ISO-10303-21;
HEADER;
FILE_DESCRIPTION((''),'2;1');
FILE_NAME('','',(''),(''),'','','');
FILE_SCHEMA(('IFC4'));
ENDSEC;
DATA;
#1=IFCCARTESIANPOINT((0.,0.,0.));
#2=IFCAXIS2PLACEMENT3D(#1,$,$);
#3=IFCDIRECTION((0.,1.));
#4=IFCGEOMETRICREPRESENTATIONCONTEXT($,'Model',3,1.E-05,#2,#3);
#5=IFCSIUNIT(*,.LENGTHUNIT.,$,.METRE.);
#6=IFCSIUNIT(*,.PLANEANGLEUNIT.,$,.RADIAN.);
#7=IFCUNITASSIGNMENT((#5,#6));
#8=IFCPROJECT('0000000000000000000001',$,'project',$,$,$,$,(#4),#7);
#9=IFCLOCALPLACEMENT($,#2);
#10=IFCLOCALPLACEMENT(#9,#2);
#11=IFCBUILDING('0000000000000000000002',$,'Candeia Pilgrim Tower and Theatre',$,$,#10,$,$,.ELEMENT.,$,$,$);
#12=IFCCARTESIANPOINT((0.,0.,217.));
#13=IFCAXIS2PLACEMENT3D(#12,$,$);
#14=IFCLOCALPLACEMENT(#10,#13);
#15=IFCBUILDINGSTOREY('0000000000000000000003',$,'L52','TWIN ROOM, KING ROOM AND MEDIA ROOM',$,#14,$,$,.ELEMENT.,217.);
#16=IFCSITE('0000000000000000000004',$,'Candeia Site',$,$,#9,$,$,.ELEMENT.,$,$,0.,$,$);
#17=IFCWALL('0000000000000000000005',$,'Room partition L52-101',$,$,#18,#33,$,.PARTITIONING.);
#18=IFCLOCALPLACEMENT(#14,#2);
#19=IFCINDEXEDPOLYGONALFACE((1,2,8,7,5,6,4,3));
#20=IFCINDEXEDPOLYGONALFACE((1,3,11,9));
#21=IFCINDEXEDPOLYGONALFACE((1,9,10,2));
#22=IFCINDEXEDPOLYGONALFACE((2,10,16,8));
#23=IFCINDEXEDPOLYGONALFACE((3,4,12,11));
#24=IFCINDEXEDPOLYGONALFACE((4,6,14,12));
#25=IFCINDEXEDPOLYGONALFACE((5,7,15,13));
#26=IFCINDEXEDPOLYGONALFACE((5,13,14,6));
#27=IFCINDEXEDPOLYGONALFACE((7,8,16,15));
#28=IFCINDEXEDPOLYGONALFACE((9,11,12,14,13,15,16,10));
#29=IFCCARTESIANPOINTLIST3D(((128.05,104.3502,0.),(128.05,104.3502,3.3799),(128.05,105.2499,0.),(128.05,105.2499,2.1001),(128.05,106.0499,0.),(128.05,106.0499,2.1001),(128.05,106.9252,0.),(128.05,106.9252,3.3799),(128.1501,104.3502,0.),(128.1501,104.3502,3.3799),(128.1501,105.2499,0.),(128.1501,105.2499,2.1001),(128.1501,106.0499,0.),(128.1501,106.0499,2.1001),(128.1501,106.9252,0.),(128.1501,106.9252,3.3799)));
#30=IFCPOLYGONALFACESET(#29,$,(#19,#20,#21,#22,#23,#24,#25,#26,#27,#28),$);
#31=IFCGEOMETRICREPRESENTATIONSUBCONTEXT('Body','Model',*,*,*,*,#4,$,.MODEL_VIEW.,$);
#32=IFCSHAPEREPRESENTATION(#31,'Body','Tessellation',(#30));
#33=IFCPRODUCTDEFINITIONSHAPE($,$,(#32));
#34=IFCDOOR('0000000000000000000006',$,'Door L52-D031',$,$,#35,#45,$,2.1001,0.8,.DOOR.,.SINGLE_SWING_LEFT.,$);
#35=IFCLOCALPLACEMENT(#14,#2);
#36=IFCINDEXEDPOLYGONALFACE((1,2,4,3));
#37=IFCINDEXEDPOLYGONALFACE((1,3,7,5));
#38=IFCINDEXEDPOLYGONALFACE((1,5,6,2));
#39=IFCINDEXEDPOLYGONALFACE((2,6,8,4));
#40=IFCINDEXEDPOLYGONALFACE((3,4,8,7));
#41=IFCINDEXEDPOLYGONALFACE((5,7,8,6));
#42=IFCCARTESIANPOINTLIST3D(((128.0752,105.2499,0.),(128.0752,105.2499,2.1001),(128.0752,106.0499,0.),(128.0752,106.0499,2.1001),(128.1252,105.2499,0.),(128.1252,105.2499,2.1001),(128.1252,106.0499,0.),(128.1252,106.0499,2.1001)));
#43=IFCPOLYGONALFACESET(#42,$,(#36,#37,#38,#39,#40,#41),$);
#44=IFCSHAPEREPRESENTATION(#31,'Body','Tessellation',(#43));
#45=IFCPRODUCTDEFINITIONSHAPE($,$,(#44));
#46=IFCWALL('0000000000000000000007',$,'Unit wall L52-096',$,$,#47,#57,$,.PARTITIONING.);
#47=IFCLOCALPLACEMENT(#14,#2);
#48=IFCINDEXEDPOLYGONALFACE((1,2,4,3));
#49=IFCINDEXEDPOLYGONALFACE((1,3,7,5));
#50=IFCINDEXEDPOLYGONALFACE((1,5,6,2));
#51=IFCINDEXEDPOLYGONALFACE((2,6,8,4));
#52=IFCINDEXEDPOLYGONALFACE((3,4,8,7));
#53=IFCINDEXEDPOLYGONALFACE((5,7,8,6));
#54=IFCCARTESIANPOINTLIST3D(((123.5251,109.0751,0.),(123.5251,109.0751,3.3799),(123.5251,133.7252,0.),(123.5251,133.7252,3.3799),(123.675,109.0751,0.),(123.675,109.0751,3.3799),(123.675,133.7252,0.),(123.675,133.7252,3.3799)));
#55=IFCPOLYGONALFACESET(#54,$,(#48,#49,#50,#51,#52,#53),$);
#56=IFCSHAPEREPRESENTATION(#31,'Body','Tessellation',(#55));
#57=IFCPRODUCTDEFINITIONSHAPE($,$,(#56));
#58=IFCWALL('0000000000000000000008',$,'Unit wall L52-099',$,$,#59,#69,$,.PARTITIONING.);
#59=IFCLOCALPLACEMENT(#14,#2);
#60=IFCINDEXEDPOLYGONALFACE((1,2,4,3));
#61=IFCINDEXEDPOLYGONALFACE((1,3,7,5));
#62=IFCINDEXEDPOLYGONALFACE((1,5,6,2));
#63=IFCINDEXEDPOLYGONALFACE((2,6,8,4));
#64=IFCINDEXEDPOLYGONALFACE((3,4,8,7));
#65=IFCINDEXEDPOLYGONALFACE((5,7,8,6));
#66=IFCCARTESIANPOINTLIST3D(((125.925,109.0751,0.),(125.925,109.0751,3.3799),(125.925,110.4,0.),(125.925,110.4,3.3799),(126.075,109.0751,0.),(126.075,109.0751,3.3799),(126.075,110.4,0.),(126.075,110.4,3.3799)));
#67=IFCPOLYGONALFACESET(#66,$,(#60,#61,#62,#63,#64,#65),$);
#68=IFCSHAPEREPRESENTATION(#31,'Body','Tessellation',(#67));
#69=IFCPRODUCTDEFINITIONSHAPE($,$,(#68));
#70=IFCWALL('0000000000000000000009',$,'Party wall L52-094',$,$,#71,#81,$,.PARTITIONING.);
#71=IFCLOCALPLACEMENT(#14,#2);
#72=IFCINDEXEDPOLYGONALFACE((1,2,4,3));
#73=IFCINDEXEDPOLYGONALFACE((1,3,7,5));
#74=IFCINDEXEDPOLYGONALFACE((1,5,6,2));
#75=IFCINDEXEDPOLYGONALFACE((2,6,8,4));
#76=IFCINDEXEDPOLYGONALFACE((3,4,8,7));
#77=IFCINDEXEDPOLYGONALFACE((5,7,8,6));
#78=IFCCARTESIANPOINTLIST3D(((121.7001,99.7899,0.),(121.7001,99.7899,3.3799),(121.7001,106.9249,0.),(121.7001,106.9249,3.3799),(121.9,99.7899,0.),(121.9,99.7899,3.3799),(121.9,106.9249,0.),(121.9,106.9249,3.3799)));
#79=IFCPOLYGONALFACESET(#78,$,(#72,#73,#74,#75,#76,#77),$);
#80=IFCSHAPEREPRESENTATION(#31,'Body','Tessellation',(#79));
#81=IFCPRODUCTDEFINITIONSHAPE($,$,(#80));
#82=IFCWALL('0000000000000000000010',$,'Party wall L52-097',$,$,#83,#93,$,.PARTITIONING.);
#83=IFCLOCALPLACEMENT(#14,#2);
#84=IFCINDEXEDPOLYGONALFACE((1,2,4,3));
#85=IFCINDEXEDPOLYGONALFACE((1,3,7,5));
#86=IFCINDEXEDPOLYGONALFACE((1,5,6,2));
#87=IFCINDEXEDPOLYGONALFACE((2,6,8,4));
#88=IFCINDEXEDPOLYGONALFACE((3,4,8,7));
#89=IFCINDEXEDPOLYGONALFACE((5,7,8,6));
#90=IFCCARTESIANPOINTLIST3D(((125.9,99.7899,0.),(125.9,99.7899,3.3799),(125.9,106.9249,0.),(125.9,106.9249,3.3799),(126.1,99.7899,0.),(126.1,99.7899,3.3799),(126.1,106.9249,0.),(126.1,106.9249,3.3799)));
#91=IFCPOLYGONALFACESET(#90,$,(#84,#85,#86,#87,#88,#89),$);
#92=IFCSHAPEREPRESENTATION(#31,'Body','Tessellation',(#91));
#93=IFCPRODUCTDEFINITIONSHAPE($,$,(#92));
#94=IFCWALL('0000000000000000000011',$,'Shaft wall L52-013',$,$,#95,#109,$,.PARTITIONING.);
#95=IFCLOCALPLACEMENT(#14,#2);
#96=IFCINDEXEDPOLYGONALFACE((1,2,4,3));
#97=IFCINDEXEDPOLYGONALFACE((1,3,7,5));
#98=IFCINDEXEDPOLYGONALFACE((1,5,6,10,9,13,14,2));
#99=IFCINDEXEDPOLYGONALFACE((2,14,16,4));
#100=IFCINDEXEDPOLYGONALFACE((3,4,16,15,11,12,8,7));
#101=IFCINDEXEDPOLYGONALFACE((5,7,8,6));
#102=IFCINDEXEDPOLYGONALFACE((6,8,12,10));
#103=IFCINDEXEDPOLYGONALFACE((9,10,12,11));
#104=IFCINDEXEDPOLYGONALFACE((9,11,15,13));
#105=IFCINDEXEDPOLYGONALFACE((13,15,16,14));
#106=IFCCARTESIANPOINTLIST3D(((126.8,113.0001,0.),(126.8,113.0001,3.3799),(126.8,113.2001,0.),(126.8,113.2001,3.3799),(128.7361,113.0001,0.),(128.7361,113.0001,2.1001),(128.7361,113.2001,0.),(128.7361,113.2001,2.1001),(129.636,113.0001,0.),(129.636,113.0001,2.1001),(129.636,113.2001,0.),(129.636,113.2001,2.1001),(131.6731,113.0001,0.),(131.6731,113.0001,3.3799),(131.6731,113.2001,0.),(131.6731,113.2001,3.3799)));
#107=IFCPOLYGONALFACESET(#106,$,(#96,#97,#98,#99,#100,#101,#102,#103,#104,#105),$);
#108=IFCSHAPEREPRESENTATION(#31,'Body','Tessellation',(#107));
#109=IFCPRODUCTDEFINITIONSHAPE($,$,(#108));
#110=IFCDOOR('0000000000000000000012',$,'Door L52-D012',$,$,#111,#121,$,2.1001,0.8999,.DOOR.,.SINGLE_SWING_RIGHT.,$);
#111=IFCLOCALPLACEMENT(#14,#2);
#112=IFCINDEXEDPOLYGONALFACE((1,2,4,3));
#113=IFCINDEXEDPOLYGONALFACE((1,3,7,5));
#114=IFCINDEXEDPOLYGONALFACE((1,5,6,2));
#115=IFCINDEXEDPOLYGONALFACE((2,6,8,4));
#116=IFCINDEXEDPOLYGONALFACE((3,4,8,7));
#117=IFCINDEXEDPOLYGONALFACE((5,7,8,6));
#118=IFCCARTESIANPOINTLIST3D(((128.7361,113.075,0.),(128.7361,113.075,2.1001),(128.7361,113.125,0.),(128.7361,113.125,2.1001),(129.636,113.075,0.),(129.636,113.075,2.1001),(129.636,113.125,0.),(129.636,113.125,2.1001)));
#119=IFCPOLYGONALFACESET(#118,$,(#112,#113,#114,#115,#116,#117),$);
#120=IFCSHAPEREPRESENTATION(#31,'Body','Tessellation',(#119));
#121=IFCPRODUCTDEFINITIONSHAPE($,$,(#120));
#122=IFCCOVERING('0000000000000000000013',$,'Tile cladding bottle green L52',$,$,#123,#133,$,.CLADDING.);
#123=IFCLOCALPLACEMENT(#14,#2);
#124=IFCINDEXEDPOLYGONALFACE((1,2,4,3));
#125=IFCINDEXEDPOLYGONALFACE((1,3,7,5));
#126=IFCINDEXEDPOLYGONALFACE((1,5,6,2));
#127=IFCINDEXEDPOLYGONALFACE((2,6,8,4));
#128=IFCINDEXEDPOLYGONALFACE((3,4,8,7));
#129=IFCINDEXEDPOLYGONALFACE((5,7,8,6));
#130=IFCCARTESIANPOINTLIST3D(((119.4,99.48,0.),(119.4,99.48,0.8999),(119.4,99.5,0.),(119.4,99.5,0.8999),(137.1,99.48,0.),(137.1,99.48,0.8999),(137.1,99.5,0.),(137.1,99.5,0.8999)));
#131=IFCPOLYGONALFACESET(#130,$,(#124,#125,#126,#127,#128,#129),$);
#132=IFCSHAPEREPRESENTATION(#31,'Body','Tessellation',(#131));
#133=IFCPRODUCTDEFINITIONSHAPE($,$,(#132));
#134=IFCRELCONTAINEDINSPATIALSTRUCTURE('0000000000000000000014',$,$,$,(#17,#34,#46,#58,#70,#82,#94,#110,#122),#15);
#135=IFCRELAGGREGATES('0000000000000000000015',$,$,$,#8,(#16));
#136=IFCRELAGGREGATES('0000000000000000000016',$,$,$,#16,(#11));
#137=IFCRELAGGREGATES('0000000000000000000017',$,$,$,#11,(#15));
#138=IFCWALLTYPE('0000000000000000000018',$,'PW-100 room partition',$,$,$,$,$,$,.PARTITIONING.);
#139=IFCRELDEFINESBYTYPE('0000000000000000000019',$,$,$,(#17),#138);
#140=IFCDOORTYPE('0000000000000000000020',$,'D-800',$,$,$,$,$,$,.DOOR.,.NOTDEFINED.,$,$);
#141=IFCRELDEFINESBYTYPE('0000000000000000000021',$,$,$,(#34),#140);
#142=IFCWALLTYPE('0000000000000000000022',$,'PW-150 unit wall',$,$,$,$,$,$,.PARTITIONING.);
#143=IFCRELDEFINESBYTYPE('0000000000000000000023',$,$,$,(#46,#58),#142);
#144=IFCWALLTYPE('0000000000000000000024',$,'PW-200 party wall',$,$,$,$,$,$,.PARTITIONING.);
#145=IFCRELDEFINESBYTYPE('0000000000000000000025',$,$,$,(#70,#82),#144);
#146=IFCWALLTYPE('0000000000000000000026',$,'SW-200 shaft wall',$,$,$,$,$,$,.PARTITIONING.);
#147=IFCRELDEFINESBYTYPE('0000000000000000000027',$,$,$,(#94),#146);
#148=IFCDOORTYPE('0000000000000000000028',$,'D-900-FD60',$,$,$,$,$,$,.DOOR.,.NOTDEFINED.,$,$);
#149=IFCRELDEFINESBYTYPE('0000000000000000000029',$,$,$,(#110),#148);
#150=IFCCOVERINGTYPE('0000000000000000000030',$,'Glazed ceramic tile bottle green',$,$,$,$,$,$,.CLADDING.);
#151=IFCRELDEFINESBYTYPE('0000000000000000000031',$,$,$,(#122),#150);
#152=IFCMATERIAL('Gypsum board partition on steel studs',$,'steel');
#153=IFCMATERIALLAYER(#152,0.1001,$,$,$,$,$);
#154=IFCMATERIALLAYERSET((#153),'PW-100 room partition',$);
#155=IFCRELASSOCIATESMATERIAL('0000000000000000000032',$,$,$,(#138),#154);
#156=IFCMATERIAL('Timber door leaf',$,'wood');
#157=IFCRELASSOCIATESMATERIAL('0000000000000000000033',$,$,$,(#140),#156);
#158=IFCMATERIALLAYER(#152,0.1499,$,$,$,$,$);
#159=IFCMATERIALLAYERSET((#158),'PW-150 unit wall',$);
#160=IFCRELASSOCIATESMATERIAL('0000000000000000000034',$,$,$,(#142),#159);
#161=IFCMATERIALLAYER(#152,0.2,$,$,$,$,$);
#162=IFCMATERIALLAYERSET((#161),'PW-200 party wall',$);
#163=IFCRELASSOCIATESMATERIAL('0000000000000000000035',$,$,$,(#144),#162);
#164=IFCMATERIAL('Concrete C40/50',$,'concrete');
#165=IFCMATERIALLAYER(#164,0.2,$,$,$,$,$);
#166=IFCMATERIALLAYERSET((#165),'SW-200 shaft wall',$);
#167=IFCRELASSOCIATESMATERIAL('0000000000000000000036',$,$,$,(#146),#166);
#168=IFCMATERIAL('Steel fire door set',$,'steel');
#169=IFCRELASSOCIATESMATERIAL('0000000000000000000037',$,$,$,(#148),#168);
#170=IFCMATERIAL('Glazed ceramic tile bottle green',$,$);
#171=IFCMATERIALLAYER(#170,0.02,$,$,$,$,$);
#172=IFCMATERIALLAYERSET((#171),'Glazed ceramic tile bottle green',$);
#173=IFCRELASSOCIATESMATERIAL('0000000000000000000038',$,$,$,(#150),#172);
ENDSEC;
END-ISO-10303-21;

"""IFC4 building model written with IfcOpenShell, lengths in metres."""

from ifc_helpers import new_model, si_unit, direction, frame, frame_2d, origin, origin_2d, place, context, subcontext, project, spatial, rectangle, extrude, material, layer, layer_set, type_object, element, fill, save


model = new_model("IFC4")

# Units and contexts
model_context = context("Model", 3, precision=1e-05, world=origin(), true_north=direction((0.0, 1.0)))
body_context = subcontext(model_context, "Body", "Model", "MODEL_VIEW")
ifc_project = project(units=[si_unit("LENGTHUNIT", "METRE"), si_unit("PLANEANGLEUNIT", "RADIAN")], contexts=[model_context])

# Site, building, storey
site_placement = place(None, origin())
site = spatial("IfcSite", under=ifc_project, at=site_placement, Name="Candeia Site", CompositionType="ELEMENT", RefElevation=0.0)
building_placement = place(site_placement, origin())
building = spatial("IfcBuilding", under=site, at=building_placement, Name="Candeia Pilgrim Tower and Theatre", CompositionType="ELEMENT")
storey_placement = place(building_placement, frame((0.0, 0.0, 217.0)))
storey = spatial("IfcBuildingStorey", under=building, at=storey_placement, Name="L52", Description="TWIN ROOM, KING ROOM AND MEDIA ROOM", CompositionType="ELEMENT", Elevation=217.0)

# Shared definitions
ifc_material_1 = material(Name="Steel fire door set", Category="steel")

# Shared definitions
ifc_material_2 = material(Name="Gypsum board partition on steel studs", Category="steel")
ifc_layer_1 = layer(ifc_material_2, 0.1001)
ifc_layer_set_1 = layer_set([ifc_layer_1], Name="PW-100 room partition")
wall_type_1 = type_object("IfcWallType", Name="PW-100 room partition", PredefinedType="PARTITIONING", material=ifc_layer_set_1)

# Shared definitions
ifc_material_3 = material(Name="Timber door leaf", Category="wood")
door_type_1 = type_object("IfcDoorType", Name="D-800", OperationType="NOTDEFINED", PredefinedType="DOOR", material=ifc_material_3)

# Wall, opening, door
wall_1_placement = place(storey_placement, frame((128.1001, 104.3501, 0.0), z_axis=(0.0, 0.0, 1.0), x_axis=(0.0, 1.0, 0.0)))
wall_1 = element("IfcWall", 1, at=wall_1_placement, inside=storey, type_object=wall_type_1, Name="Room partition L52-101", PredefinedType="PARTITIONING", context=body_context, shape_type="SweptSolid", body=[
    extrude(rectangle(XDim=2.575, YDim=0.1001, at=frame_2d((1.2876, 0.0))), origin(), (0.0, 0.0, 1.0), 3.3799),
])
opening_1_placement = place(wall_1_placement, frame((0.8999, 0.0, 0.0)))
opening_1 = element("IfcOpeningElement", 2, at=opening_1_placement, cuts=wall_1, PredefinedType="OPENING", context=body_context, shape_type="SweptSolid", body=[
    extrude(rectangle(XDim=0.8, YDim=2.1001, at=frame_2d((0.3999, 1.05))), frame((0.0, 0.0601, 0.0), z_axis=(0.0, -1.0, 0.0), x_axis=(1.0, 0.0, 0.0)), (0.0, 0.0, 1.0), 0.1201),
])
door_1_placement = place(opening_1_placement, origin())
door_1 = element("IfcDoor", 3, at=door_1_placement, inside=storey, type_object=door_type_1, Name="Door L52-D031", OperationType="SINGLE_SWING_LEFT", OverallHeight=2.1001, OverallWidth=0.8, PredefinedType="DOOR", context=body_context, shape_type="SweptSolid", body=[
    extrude(rectangle(XDim=0.8, YDim=2.1001, at=frame_2d((0.3999, 1.05))), frame((0.0, 0.0249, 0.0), z_axis=(0.0, -1.0, 0.0), x_axis=(1.0, 0.0, 0.0)), (0.0, 0.0, 1.0), 0.05),
])
fill(opening_1, door_1)

# Walls
ifc_layer_2 = layer(ifc_material_2, 0.1499)
ifc_layer_set_2 = layer_set([ifc_layer_2], Name="PW-150 unit wall")
wall_type_2 = type_object("IfcWallType", Name="PW-150 unit wall", PredefinedType="PARTITIONING", material=ifc_layer_set_2)
wall_2_placement = place(storey_placement, frame((123.6001, 109.075, 0.0), z_axis=(0.0, 0.0, 1.0), x_axis=(0.0, 1.0, 0.0)))
element("IfcWall", 4, at=wall_2_placement, inside=storey, type_object=wall_type_2, Name="Unit wall L52-096", PredefinedType="PARTITIONING", context=body_context, shape_type="SweptSolid", body=[
    extrude(rectangle(XDim=24.6501, YDim=0.1499, at=frame_2d((12.3252, 0.0))), origin(), (0.0, 0.0, 1.0), 3.3799),
])
wall_3_placement = place(storey_placement, frame((126.0, 109.075, 0.0), z_axis=(0.0, 0.0, 1.0), x_axis=(0.0, 1.0, 0.0)))
element("IfcWall", 5, at=wall_3_placement, inside=storey, type_object=wall_type_2, Name="Unit wall L52-099", PredefinedType="PARTITIONING", context=body_context, shape_type="SweptSolid", body=[
    extrude(rectangle(XDim=1.325, YDim=0.1499, at=frame_2d((0.6626, 0.0))), origin(), (0.0, 0.0, 1.0), 3.3799),
])
ifc_layer_3 = layer(ifc_material_2, 0.2)
ifc_layer_set_3 = layer_set([ifc_layer_3], Name="PW-200 party wall")
wall_type_3 = type_object("IfcWallType", Name="PW-200 party wall", PredefinedType="PARTITIONING", material=ifc_layer_set_3)
for number, where, z_axis, x_axis, name in (
    (6, (121.8, 99.79, 0.0), (0.0, 0.0, 1.0), (0.0, 1.0, 0.0), "Party wall L52-094"),
    (7, (126.0, 99.79, 0.0), (0.0, 0.0, 1.0), (0.0, 1.0, 0.0), "Party wall L52-097"),
):
    element("IfcWall", number, at=place(storey_placement, frame(where, z_axis=z_axis, x_axis=x_axis)), inside=storey, type_object=wall_type_3, Name=name, PredefinedType="PARTITIONING", context=body_context, shape_type="SweptSolid", body=[
        extrude(rectangle(XDim=7.135, YDim=0.2, at=frame_2d((3.5674, 0.0))), origin(), (0.0, 0.0, 1.0), 3.3799),
    ])

# Wall, opening, door
ifc_material_4 = material(Name="Concrete C40/50", Category="concrete")
ifc_layer_4 = layer(ifc_material_4, 0.2)
ifc_layer_set_4 = layer_set([ifc_layer_4], Name="SW-200 shaft wall")
wall_type_4 = type_object("IfcWallType", Name="SW-200 shaft wall", PredefinedType="PARTITIONING", material=ifc_layer_set_4)
wall_4_placement = place(storey_placement, frame((126.8, 113.1001, 0.0), z_axis=(0.0, 0.0, 1.0), x_axis=(1.0, 0.0, 0.0)))
wall_4 = element("IfcWall", 8, at=wall_4_placement, inside=storey, type_object=wall_type_4, Name="Shaft wall L52-013", PredefinedType="PARTITIONING", context=body_context, shape_type="SweptSolid", body=[
    extrude(rectangle(XDim=4.873, YDim=0.2, at=frame_2d((2.4365, 0.0))), origin(), (0.0, 0.0, 1.0), 3.3799),
])
opening_2_placement = place(wall_4_placement, frame((1.936, 0.0, 0.0)))
opening_2 = element("IfcOpeningElement", 9, at=opening_2_placement, cuts=wall_4, PredefinedType="OPENING", context=body_context, shape_type="SweptSolid", body=[
    extrude(rectangle(XDim=0.8999, YDim=2.1001, at=frame_2d((0.45, 1.05))), frame((0.0, 0.1099, 0.0), z_axis=(0.0, -1.0, 0.0), x_axis=(1.0, 0.0, 0.0)), (0.0, 0.0, 1.0), 0.22),
])
door_type_2 = type_object("IfcDoorType", Name="D-900-FD60", OperationType="NOTDEFINED", PredefinedType="DOOR", material=ifc_material_1)
door_2_placement = place(opening_2_placement, origin())
door_2 = element("IfcDoor", 10, at=door_2_placement, inside=storey, type_object=door_type_2, Name="Door L52-D012", OperationType="SINGLE_SWING_RIGHT", OverallHeight=2.1001, OverallWidth=0.8999, PredefinedType="DOOR", context=body_context, shape_type="SweptSolid", body=[
    extrude(rectangle(XDim=0.8999, YDim=2.1001, at=frame_2d((0.45, 1.05))), frame((0.0, 0.0249, 0.0), z_axis=(0.0, -1.0, 0.0), x_axis=(1.0, 0.0, 0.0)), (0.0, 0.0, 1.0), 0.05),
])
fill(opening_2, door_2)

# Covering
ifc_material_5 = material(Name="Glazed ceramic tile bottle green")
ifc_layer_5 = layer(ifc_material_5, 0.02)
ifc_layer_set_5 = layer_set([ifc_layer_5], Name="Glazed ceramic tile bottle green")
covering_type = type_object("IfcCoveringType", Name="Glazed ceramic tile bottle green", PredefinedType="CLADDING", material=ifc_layer_set_5)
covering_placement = place(storey_placement, frame((128.25, 99.49, 0.0), z_axis=(0.0, 0.0, 1.0), x_axis=(1.0, 0.0, 0.0)))
element("IfcCovering", 11, at=covering_placement, inside=storey, type_object=covering_type, Name="Tile cladding bottle green L52", PredefinedType="CLADDING", context=body_context, shape_type="SweptSolid", body=[
    extrude(rectangle(XDim=17.7, YDim=0.02, at=origin_2d()), origin(), (0.0, 0.0, 1.0), 0.8999),
])

save(model, "model.ifc")
